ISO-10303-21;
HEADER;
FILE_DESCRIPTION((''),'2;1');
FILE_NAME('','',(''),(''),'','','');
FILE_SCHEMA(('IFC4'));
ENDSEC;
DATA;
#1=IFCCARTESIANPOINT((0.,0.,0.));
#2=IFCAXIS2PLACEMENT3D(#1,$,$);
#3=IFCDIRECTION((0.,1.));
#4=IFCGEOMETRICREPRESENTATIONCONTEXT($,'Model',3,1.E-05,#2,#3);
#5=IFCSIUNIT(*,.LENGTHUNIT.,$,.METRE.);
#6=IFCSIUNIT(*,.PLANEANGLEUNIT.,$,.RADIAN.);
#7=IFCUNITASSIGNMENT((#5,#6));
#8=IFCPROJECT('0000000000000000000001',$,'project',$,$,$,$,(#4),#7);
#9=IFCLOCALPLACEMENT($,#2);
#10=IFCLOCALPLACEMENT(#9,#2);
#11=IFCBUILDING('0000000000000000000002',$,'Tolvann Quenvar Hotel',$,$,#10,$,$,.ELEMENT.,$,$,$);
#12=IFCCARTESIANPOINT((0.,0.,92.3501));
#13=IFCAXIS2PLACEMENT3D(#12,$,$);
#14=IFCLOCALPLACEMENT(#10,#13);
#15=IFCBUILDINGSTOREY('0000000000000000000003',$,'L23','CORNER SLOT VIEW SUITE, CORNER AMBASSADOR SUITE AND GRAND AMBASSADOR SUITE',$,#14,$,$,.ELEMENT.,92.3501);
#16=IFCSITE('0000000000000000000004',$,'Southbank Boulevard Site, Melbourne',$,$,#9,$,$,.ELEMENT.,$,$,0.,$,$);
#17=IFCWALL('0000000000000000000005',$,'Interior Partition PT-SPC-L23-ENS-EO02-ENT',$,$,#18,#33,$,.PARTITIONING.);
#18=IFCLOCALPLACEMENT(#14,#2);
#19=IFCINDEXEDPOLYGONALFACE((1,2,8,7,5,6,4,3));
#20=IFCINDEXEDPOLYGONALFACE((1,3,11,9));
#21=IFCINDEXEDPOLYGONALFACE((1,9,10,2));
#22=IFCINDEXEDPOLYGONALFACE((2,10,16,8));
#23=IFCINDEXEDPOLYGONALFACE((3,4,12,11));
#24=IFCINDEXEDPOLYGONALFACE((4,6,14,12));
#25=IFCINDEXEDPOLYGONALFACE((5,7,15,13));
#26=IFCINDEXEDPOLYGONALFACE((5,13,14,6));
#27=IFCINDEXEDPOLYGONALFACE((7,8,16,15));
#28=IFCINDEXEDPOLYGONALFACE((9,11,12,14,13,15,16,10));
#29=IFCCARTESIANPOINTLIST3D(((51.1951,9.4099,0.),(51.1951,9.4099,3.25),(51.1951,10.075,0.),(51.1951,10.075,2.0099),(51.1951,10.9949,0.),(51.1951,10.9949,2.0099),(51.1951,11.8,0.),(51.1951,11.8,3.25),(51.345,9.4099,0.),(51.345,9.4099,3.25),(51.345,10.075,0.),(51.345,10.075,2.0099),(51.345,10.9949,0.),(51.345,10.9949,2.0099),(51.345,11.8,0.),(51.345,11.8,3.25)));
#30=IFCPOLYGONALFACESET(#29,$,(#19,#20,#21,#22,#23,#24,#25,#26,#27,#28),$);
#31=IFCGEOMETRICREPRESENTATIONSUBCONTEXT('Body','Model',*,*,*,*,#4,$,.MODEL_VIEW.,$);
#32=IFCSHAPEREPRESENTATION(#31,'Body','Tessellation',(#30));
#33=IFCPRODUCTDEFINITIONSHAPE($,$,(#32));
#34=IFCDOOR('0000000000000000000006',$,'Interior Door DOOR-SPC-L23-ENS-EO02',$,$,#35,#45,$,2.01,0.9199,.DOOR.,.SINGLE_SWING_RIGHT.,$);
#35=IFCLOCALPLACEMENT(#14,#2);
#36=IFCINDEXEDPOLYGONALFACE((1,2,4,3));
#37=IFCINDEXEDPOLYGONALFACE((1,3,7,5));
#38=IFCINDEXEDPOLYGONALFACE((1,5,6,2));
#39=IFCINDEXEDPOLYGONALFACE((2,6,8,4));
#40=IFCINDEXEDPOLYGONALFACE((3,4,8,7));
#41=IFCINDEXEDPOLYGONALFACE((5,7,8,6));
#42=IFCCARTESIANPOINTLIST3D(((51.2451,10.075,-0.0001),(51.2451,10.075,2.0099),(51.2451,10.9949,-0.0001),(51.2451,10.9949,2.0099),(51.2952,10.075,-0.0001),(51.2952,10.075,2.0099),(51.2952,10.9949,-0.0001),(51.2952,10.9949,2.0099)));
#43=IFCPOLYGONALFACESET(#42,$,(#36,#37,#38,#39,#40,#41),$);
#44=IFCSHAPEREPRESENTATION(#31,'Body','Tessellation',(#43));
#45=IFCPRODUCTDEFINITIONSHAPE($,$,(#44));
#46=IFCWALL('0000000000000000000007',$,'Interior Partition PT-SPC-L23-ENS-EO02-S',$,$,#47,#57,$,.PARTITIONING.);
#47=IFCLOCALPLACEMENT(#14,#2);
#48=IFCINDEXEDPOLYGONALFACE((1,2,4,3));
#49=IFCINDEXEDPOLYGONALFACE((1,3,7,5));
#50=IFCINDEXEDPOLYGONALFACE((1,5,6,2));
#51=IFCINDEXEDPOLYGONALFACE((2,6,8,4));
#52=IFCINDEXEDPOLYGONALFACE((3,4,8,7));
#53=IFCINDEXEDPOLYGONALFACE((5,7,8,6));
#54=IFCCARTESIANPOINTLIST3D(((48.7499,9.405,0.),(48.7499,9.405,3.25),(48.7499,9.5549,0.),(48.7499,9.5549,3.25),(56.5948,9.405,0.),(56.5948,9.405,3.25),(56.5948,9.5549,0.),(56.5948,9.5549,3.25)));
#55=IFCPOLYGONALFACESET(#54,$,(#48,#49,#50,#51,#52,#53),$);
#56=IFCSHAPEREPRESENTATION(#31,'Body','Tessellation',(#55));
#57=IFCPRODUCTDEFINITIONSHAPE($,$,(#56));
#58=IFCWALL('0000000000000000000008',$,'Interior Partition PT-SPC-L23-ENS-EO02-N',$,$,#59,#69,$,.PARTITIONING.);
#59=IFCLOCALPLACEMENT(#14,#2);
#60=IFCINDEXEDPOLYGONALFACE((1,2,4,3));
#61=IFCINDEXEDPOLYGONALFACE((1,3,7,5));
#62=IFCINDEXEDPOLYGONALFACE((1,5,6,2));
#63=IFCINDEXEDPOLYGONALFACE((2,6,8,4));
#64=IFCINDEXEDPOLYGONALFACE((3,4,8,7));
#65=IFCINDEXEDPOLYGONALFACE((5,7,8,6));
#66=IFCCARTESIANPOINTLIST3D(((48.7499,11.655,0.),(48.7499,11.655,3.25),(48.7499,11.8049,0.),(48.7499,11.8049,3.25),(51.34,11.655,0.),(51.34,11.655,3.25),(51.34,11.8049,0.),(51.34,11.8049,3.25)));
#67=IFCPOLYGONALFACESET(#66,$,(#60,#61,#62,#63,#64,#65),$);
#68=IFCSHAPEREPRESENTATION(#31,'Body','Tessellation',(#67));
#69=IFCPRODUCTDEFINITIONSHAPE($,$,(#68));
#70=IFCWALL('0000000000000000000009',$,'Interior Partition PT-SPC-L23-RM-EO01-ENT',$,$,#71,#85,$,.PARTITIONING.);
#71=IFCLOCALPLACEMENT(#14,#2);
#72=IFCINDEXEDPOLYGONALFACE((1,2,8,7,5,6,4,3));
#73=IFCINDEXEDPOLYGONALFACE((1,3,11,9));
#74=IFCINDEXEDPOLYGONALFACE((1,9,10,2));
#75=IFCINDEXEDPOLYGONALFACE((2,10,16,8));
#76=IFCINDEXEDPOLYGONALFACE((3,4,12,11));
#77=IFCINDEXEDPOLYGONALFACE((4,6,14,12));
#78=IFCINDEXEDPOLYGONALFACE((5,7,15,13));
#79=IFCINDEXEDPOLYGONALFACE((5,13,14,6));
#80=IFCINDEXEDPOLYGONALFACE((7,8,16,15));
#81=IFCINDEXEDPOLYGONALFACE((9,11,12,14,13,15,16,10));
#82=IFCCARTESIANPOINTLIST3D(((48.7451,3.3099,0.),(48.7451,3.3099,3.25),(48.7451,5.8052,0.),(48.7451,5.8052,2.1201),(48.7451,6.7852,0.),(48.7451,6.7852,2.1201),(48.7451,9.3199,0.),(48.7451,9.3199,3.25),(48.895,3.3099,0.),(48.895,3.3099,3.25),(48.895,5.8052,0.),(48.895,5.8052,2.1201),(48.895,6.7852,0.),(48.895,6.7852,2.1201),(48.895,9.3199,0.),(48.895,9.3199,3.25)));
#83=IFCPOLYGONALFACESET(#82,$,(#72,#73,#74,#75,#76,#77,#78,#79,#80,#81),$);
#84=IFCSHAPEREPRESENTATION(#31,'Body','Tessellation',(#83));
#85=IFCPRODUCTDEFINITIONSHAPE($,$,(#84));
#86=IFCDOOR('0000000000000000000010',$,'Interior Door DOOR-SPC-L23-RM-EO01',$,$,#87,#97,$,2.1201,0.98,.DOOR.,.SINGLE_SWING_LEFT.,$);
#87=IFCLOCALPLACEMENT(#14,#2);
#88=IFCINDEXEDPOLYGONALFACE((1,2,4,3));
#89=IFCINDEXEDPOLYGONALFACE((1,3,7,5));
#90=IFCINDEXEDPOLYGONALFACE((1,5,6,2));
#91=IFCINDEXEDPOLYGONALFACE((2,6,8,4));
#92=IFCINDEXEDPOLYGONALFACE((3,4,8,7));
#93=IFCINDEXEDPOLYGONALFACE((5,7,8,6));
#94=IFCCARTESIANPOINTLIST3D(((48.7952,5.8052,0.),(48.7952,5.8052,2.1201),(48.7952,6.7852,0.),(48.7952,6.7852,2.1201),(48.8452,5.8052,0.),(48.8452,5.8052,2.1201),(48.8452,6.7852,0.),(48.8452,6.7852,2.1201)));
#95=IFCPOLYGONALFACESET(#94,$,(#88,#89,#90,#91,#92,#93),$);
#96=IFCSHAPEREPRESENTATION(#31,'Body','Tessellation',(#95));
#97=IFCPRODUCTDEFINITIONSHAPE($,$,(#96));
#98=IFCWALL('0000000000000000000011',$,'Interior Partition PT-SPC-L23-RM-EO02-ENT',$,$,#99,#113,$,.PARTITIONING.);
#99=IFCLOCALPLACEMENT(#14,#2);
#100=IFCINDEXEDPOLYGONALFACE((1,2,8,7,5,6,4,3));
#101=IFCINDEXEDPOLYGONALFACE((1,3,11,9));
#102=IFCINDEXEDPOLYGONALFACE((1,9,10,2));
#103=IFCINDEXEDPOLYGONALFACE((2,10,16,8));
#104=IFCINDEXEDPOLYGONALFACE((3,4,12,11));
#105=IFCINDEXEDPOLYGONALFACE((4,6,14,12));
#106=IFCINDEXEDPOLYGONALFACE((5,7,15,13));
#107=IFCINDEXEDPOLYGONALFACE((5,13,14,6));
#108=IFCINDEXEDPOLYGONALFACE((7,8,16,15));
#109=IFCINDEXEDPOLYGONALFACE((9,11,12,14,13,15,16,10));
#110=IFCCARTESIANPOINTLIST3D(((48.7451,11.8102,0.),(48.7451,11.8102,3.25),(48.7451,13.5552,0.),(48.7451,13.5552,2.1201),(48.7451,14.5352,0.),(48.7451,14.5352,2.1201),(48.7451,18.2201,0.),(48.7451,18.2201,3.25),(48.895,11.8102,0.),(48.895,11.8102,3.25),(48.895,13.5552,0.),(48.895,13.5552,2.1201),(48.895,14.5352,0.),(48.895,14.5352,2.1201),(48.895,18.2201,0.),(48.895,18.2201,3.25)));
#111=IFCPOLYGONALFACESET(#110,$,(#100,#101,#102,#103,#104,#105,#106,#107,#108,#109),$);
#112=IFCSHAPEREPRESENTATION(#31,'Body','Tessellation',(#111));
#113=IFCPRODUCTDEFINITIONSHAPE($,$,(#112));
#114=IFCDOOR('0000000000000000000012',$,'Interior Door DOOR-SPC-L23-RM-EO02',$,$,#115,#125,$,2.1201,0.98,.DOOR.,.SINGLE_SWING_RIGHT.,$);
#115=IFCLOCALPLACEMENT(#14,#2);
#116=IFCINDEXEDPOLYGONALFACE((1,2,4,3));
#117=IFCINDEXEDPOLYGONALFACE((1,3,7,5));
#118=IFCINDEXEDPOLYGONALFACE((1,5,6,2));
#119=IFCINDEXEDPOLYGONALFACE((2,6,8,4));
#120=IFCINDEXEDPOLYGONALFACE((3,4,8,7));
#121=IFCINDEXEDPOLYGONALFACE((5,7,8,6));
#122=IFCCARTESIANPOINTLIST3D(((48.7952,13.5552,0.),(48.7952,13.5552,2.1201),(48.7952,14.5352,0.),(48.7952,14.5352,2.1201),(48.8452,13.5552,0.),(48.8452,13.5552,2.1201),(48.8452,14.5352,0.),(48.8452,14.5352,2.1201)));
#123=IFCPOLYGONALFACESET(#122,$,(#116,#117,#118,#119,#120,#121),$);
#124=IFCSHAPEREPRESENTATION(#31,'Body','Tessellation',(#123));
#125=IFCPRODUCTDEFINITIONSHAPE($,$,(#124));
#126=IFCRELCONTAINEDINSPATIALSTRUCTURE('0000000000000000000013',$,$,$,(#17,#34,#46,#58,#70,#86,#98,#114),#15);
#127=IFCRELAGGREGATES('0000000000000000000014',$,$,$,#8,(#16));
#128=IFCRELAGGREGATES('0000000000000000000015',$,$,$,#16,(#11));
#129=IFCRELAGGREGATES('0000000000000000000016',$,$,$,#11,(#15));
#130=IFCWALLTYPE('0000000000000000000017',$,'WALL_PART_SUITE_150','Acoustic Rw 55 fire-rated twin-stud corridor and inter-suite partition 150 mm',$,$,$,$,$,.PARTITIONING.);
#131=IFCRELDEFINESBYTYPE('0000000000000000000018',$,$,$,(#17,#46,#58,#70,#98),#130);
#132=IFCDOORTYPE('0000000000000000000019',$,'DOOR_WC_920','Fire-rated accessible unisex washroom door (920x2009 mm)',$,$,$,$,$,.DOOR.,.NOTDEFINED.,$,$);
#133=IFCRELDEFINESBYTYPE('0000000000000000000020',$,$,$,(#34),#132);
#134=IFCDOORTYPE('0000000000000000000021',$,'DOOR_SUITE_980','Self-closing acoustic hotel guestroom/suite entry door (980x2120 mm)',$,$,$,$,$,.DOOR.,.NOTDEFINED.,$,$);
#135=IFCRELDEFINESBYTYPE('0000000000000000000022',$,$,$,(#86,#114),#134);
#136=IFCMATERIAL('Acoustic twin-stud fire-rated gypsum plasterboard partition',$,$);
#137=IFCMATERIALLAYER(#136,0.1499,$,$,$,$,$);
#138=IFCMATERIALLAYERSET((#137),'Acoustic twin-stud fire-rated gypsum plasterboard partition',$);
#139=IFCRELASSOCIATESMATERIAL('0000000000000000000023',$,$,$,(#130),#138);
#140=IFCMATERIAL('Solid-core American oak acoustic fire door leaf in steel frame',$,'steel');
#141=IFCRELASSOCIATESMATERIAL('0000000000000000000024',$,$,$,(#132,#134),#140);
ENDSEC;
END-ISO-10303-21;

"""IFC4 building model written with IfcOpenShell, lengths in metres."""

from ifc_helpers import new_model, si_unit, direction, frame, frame_2d, origin, place, context, subcontext, project, spatial, rectangle, extrude, source, transform, mapped, material, layer, layer_set, type_object, type_shapes, element, fill, save


model = new_model("IFC4")

# Units and contexts
model_context = context("Model", 3, precision=1e-05, world=origin(), true_north=direction((0.0, 1.0)))
body_context = subcontext(model_context, "Body", "Model", "MODEL_VIEW")
ifc_project = project(units=[si_unit("LENGTHUNIT", "METRE"), si_unit("PLANEANGLEUNIT", "RADIAN")], contexts=[model_context])

# Site, building, storey
site_placement = place(None, origin())
site = spatial("IfcSite", under=ifc_project, at=site_placement, Name="Southbank Boulevard Site, Melbourne", CompositionType="ELEMENT", RefElevation=0.0)
building_placement = place(site_placement, origin())
building = spatial("IfcBuilding", under=site, at=building_placement, Name="Tolvann Quenvar Hotel", CompositionType="ELEMENT")
storey_placement = place(building_placement, frame((0.0, 0.0, 92.3501)))
storey = spatial("IfcBuildingStorey", under=building, at=storey_placement, Name="L23", Description="CORNER SLOT VIEW SUITE, CORNER AMBASSADOR SUITE AND GRAND AMBASSADOR SUITE", CompositionType="ELEMENT", Elevation=92.3501)

# Wall, opening, door
ifc_material_1 = material(Name="Acoustic twin-stud fire-rated gypsum plasterboard partition")
ifc_layer_1 = layer(ifc_material_1, 0.1499)
ifc_layer_set_1 = layer_set([ifc_layer_1], Name="Acoustic twin-stud fire-rated gypsum plasterboard partition")
wall_type_1 = type_object("IfcWallType", Name="WALL_PART_SUITE_150", Description="Acoustic Rw 55 fire-rated twin-stud corridor and inter-suite partition 150 mm", PredefinedType="PARTITIONING", material=ifc_layer_set_1)
wall_1_placement = place(storey_placement, frame((51.27, 9.4099, 0.0), z_axis=(0.0, 0.0, 1.0), x_axis=(0.0, 1.0, 0.0)))
wall_1 = element("IfcWall", 1, at=wall_1_placement, inside=storey, type_object=wall_type_1, Name="Interior Partition PT-SPC-L23-ENS-EO02-ENT", PredefinedType="PARTITIONING", context=body_context, shape_type="SweptSolid", body=[
    extrude(rectangle(XDim=2.3901, YDim=0.1499, at=frame_2d((1.1951, 0.0))), origin(), (0.0, 0.0, 1.0), 3.25),
])
opening_1_placement = place(wall_1_placement, frame((0.665, 0.0, 0.0)))
opening_1 = element("IfcOpeningElement", 2, at=opening_1_placement, cuts=wall_1, PredefinedType="OPENING", context=body_context, shape_type="SweptSolid", body=[
    extrude(rectangle(XDim=0.9199, YDim=2.01, at=frame_2d((0.46, 1.0049))), frame((0.0, 0.085, 0.0), z_axis=(0.0, -1.0, 0.0), x_axis=(1.0, 0.0, 0.0)), (0.0, 0.0, 1.0), 0.1699),
])
ifc_material_2 = material(Name="Solid-core American oak acoustic fire door leaf in steel frame", Category="steel")
door_type_1 = type_object("IfcDoorType", Name="DOOR_WC_920", Description="Fire-rated accessible unisex washroom door (920x2009 mm)", OperationType="NOTDEFINED", PredefinedType="DOOR", material=ifc_material_2)
shared_shape_1 = source(origin(), body_context, "Body", "SweptSolid", [
    extrude(rectangle(XDim=0.9199, YDim=2.01, at=frame_2d((0.46, 1.0049))), frame((0.0, 0.0249, 0.0), z_axis=(0.0, -1.0, 0.0), x_axis=(1.0, 0.0, 0.0)), (0.0, 0.0, 1.0), 0.05),
])
type_shapes(door_type_1, [shared_shape_1])
door_1_placement = place(opening_1_placement, origin())
door_1 = element("IfcDoor", 3, at=door_1_placement, inside=storey, type_object=door_type_1, Name="Interior Door DOOR-SPC-L23-ENS-EO02", OperationType="SINGLE_SWING_RIGHT", OverallHeight=2.01, OverallWidth=0.9199, PredefinedType="DOOR", context=body_context, shape_type="MappedRepresentation", body=[
    mapped(shared_shape_1, transform((0.0, 0.0, 0.0), x_axis=(1.0, 0.0, 0.0), y_axis=(0.0, 1.0, 0.0), z_axis=(0.0, 0.0, 1.0), scale=1.0)),
])
fill(opening_1, door_1)

# Walls
wall_2_placement = place(storey_placement, frame((48.75, 9.48, 0.0), z_axis=(0.0, 0.0, 1.0), x_axis=(1.0, 0.0, 0.0)))
element("IfcWall", 4, at=wall_2_placement, inside=storey, type_object=wall_type_1, Name="Interior Partition PT-SPC-L23-ENS-EO02-S", PredefinedType="PARTITIONING", context=body_context, shape_type="SweptSolid", body=[
    extrude(rectangle(XDim=7.845, YDim=0.1499, at=frame_2d((3.9224, 0.0))), origin(), (0.0, 0.0, 1.0), 3.25),
])
wall_3_placement = place(storey_placement, frame((48.75, 11.73, 0.0), z_axis=(0.0, 0.0, 1.0), x_axis=(1.0, 0.0, 0.0)))
element("IfcWall", 5, at=wall_3_placement, inside=storey, type_object=wall_type_1, Name="Interior Partition PT-SPC-L23-ENS-EO02-N", PredefinedType="PARTITIONING", context=body_context, shape_type="SweptSolid", body=[
    extrude(rectangle(XDim=2.5901, YDim=0.1499, at=frame_2d((1.2949, 0.0))), origin(), (0.0, 0.0, 1.0), 3.25),
])

# Walls, openings, doors
wall_4_placement = place(storey_placement, frame((48.8201, 3.3101, 0.0), z_axis=(0.0, 0.0, 1.0), x_axis=(0.0, 1.0, 0.0)))
wall_4 = element("IfcWall", 6, at=wall_4_placement, inside=storey, type_object=wall_type_1, Name="Interior Partition PT-SPC-L23-RM-EO01-ENT", PredefinedType="PARTITIONING", context=body_context, shape_type="SweptSolid", body=[
    extrude(rectangle(XDim=6.01, YDim=0.1499, at=frame_2d((3.0049, 0.0))), origin(), (0.0, 0.0, 1.0), 3.25),
])
opening_2_placement = place(wall_4_placement, frame((2.4951, 0.0, 0.0)))
opening_2 = element("IfcOpeningElement", 7, at=opening_2_placement, cuts=wall_4, PredefinedType="OPENING", context=body_context, shape_type="SweptSolid", body=[
    extrude(rectangle(XDim=0.98, YDim=2.1201, at=frame_2d((0.49, 1.0601))), frame((0.0, 0.085, 0.0), z_axis=(0.0, -1.0, 0.0), x_axis=(1.0, 0.0, 0.0)), (0.0, 0.0, 1.0), 0.1699),
])
door_type_2 = type_object("IfcDoorType", Name="DOOR_SUITE_980", Description="Self-closing acoustic hotel guestroom/suite entry door (980x2120 mm)", OperationType="NOTDEFINED", PredefinedType="DOOR", material=ifc_material_2)
shared_shape_2 = source(origin(), body_context, "Body", "SweptSolid", [
    extrude(rectangle(XDim=0.98, YDim=2.1201, at=frame_2d((0.49, 1.0601))), frame((0.0, 0.0249, 0.0), z_axis=(0.0, -1.0, 0.0), x_axis=(1.0, 0.0, 0.0)), (0.0, 0.0, 1.0), 0.05),
])
type_shapes(door_type_2, [shared_shape_2])
door_2_placement = place(opening_2_placement, origin())
door_2 = element("IfcDoor", 8, at=door_2_placement, inside=storey, type_object=door_type_2, Name="Interior Door DOOR-SPC-L23-RM-EO01", OperationType="SINGLE_SWING_LEFT", OverallHeight=2.1201, OverallWidth=0.98, PredefinedType="DOOR", context=body_context, shape_type="MappedRepresentation", body=[
    mapped(shared_shape_2, transform((0.0, 0.0, 0.0), x_axis=(1.0, 0.0, 0.0), y_axis=(0.0, 1.0, 0.0), z_axis=(0.0, 0.0, 1.0), scale=1.0)),
])
fill(opening_2, door_2)
wall_5_placement = place(storey_placement, frame((48.8201, 11.8101, 0.0), z_axis=(0.0, 0.0, 1.0), x_axis=(0.0, 1.0, 0.0)))
wall_5 = element("IfcWall", 9, at=wall_5_placement, inside=storey, type_object=wall_type_1, Name="Interior Partition PT-SPC-L23-RM-EO02-ENT", PredefinedType="PARTITIONING", context=body_context, shape_type="SweptSolid", body=[
    extrude(rectangle(XDim=6.4099, YDim=0.1499, at=frame_2d((3.2051, 0.0))), origin(), (0.0, 0.0, 1.0), 3.25),
])
opening_3_placement = place(wall_5_placement, frame((1.7451, 0.0, 0.0)))
opening_3 = element("IfcOpeningElement", 10, at=opening_3_placement, cuts=wall_5, PredefinedType="OPENING", context=body_context, shape_type="SweptSolid", body=[
    extrude(rectangle(XDim=0.98, YDim=2.1201, at=frame_2d((0.49, 1.0601))), frame((0.0, 0.085, 0.0), z_axis=(0.0, -1.0, 0.0), x_axis=(1.0, 0.0, 0.0)), (0.0, 0.0, 1.0), 0.1699),
])
door_3_placement = place(opening_3_placement, origin())
door_3 = element("IfcDoor", 11, at=door_3_placement, inside=storey, type_object=door_type_2, Name="Interior Door DOOR-SPC-L23-RM-EO02", OperationType="SINGLE_SWING_RIGHT", OverallHeight=2.1201, OverallWidth=0.98, PredefinedType="DOOR", context=body_context, shape_type="MappedRepresentation", body=[
    mapped(shared_shape_2, transform((0.0, 0.0, 0.0), x_axis=(1.0, 0.0, 0.0), y_axis=(0.0, 1.0, 0.0), z_axis=(0.0, 0.0, 1.0), scale=1.0)),
])
fill(opening_3, door_3)

save(model, "model.ifc")
